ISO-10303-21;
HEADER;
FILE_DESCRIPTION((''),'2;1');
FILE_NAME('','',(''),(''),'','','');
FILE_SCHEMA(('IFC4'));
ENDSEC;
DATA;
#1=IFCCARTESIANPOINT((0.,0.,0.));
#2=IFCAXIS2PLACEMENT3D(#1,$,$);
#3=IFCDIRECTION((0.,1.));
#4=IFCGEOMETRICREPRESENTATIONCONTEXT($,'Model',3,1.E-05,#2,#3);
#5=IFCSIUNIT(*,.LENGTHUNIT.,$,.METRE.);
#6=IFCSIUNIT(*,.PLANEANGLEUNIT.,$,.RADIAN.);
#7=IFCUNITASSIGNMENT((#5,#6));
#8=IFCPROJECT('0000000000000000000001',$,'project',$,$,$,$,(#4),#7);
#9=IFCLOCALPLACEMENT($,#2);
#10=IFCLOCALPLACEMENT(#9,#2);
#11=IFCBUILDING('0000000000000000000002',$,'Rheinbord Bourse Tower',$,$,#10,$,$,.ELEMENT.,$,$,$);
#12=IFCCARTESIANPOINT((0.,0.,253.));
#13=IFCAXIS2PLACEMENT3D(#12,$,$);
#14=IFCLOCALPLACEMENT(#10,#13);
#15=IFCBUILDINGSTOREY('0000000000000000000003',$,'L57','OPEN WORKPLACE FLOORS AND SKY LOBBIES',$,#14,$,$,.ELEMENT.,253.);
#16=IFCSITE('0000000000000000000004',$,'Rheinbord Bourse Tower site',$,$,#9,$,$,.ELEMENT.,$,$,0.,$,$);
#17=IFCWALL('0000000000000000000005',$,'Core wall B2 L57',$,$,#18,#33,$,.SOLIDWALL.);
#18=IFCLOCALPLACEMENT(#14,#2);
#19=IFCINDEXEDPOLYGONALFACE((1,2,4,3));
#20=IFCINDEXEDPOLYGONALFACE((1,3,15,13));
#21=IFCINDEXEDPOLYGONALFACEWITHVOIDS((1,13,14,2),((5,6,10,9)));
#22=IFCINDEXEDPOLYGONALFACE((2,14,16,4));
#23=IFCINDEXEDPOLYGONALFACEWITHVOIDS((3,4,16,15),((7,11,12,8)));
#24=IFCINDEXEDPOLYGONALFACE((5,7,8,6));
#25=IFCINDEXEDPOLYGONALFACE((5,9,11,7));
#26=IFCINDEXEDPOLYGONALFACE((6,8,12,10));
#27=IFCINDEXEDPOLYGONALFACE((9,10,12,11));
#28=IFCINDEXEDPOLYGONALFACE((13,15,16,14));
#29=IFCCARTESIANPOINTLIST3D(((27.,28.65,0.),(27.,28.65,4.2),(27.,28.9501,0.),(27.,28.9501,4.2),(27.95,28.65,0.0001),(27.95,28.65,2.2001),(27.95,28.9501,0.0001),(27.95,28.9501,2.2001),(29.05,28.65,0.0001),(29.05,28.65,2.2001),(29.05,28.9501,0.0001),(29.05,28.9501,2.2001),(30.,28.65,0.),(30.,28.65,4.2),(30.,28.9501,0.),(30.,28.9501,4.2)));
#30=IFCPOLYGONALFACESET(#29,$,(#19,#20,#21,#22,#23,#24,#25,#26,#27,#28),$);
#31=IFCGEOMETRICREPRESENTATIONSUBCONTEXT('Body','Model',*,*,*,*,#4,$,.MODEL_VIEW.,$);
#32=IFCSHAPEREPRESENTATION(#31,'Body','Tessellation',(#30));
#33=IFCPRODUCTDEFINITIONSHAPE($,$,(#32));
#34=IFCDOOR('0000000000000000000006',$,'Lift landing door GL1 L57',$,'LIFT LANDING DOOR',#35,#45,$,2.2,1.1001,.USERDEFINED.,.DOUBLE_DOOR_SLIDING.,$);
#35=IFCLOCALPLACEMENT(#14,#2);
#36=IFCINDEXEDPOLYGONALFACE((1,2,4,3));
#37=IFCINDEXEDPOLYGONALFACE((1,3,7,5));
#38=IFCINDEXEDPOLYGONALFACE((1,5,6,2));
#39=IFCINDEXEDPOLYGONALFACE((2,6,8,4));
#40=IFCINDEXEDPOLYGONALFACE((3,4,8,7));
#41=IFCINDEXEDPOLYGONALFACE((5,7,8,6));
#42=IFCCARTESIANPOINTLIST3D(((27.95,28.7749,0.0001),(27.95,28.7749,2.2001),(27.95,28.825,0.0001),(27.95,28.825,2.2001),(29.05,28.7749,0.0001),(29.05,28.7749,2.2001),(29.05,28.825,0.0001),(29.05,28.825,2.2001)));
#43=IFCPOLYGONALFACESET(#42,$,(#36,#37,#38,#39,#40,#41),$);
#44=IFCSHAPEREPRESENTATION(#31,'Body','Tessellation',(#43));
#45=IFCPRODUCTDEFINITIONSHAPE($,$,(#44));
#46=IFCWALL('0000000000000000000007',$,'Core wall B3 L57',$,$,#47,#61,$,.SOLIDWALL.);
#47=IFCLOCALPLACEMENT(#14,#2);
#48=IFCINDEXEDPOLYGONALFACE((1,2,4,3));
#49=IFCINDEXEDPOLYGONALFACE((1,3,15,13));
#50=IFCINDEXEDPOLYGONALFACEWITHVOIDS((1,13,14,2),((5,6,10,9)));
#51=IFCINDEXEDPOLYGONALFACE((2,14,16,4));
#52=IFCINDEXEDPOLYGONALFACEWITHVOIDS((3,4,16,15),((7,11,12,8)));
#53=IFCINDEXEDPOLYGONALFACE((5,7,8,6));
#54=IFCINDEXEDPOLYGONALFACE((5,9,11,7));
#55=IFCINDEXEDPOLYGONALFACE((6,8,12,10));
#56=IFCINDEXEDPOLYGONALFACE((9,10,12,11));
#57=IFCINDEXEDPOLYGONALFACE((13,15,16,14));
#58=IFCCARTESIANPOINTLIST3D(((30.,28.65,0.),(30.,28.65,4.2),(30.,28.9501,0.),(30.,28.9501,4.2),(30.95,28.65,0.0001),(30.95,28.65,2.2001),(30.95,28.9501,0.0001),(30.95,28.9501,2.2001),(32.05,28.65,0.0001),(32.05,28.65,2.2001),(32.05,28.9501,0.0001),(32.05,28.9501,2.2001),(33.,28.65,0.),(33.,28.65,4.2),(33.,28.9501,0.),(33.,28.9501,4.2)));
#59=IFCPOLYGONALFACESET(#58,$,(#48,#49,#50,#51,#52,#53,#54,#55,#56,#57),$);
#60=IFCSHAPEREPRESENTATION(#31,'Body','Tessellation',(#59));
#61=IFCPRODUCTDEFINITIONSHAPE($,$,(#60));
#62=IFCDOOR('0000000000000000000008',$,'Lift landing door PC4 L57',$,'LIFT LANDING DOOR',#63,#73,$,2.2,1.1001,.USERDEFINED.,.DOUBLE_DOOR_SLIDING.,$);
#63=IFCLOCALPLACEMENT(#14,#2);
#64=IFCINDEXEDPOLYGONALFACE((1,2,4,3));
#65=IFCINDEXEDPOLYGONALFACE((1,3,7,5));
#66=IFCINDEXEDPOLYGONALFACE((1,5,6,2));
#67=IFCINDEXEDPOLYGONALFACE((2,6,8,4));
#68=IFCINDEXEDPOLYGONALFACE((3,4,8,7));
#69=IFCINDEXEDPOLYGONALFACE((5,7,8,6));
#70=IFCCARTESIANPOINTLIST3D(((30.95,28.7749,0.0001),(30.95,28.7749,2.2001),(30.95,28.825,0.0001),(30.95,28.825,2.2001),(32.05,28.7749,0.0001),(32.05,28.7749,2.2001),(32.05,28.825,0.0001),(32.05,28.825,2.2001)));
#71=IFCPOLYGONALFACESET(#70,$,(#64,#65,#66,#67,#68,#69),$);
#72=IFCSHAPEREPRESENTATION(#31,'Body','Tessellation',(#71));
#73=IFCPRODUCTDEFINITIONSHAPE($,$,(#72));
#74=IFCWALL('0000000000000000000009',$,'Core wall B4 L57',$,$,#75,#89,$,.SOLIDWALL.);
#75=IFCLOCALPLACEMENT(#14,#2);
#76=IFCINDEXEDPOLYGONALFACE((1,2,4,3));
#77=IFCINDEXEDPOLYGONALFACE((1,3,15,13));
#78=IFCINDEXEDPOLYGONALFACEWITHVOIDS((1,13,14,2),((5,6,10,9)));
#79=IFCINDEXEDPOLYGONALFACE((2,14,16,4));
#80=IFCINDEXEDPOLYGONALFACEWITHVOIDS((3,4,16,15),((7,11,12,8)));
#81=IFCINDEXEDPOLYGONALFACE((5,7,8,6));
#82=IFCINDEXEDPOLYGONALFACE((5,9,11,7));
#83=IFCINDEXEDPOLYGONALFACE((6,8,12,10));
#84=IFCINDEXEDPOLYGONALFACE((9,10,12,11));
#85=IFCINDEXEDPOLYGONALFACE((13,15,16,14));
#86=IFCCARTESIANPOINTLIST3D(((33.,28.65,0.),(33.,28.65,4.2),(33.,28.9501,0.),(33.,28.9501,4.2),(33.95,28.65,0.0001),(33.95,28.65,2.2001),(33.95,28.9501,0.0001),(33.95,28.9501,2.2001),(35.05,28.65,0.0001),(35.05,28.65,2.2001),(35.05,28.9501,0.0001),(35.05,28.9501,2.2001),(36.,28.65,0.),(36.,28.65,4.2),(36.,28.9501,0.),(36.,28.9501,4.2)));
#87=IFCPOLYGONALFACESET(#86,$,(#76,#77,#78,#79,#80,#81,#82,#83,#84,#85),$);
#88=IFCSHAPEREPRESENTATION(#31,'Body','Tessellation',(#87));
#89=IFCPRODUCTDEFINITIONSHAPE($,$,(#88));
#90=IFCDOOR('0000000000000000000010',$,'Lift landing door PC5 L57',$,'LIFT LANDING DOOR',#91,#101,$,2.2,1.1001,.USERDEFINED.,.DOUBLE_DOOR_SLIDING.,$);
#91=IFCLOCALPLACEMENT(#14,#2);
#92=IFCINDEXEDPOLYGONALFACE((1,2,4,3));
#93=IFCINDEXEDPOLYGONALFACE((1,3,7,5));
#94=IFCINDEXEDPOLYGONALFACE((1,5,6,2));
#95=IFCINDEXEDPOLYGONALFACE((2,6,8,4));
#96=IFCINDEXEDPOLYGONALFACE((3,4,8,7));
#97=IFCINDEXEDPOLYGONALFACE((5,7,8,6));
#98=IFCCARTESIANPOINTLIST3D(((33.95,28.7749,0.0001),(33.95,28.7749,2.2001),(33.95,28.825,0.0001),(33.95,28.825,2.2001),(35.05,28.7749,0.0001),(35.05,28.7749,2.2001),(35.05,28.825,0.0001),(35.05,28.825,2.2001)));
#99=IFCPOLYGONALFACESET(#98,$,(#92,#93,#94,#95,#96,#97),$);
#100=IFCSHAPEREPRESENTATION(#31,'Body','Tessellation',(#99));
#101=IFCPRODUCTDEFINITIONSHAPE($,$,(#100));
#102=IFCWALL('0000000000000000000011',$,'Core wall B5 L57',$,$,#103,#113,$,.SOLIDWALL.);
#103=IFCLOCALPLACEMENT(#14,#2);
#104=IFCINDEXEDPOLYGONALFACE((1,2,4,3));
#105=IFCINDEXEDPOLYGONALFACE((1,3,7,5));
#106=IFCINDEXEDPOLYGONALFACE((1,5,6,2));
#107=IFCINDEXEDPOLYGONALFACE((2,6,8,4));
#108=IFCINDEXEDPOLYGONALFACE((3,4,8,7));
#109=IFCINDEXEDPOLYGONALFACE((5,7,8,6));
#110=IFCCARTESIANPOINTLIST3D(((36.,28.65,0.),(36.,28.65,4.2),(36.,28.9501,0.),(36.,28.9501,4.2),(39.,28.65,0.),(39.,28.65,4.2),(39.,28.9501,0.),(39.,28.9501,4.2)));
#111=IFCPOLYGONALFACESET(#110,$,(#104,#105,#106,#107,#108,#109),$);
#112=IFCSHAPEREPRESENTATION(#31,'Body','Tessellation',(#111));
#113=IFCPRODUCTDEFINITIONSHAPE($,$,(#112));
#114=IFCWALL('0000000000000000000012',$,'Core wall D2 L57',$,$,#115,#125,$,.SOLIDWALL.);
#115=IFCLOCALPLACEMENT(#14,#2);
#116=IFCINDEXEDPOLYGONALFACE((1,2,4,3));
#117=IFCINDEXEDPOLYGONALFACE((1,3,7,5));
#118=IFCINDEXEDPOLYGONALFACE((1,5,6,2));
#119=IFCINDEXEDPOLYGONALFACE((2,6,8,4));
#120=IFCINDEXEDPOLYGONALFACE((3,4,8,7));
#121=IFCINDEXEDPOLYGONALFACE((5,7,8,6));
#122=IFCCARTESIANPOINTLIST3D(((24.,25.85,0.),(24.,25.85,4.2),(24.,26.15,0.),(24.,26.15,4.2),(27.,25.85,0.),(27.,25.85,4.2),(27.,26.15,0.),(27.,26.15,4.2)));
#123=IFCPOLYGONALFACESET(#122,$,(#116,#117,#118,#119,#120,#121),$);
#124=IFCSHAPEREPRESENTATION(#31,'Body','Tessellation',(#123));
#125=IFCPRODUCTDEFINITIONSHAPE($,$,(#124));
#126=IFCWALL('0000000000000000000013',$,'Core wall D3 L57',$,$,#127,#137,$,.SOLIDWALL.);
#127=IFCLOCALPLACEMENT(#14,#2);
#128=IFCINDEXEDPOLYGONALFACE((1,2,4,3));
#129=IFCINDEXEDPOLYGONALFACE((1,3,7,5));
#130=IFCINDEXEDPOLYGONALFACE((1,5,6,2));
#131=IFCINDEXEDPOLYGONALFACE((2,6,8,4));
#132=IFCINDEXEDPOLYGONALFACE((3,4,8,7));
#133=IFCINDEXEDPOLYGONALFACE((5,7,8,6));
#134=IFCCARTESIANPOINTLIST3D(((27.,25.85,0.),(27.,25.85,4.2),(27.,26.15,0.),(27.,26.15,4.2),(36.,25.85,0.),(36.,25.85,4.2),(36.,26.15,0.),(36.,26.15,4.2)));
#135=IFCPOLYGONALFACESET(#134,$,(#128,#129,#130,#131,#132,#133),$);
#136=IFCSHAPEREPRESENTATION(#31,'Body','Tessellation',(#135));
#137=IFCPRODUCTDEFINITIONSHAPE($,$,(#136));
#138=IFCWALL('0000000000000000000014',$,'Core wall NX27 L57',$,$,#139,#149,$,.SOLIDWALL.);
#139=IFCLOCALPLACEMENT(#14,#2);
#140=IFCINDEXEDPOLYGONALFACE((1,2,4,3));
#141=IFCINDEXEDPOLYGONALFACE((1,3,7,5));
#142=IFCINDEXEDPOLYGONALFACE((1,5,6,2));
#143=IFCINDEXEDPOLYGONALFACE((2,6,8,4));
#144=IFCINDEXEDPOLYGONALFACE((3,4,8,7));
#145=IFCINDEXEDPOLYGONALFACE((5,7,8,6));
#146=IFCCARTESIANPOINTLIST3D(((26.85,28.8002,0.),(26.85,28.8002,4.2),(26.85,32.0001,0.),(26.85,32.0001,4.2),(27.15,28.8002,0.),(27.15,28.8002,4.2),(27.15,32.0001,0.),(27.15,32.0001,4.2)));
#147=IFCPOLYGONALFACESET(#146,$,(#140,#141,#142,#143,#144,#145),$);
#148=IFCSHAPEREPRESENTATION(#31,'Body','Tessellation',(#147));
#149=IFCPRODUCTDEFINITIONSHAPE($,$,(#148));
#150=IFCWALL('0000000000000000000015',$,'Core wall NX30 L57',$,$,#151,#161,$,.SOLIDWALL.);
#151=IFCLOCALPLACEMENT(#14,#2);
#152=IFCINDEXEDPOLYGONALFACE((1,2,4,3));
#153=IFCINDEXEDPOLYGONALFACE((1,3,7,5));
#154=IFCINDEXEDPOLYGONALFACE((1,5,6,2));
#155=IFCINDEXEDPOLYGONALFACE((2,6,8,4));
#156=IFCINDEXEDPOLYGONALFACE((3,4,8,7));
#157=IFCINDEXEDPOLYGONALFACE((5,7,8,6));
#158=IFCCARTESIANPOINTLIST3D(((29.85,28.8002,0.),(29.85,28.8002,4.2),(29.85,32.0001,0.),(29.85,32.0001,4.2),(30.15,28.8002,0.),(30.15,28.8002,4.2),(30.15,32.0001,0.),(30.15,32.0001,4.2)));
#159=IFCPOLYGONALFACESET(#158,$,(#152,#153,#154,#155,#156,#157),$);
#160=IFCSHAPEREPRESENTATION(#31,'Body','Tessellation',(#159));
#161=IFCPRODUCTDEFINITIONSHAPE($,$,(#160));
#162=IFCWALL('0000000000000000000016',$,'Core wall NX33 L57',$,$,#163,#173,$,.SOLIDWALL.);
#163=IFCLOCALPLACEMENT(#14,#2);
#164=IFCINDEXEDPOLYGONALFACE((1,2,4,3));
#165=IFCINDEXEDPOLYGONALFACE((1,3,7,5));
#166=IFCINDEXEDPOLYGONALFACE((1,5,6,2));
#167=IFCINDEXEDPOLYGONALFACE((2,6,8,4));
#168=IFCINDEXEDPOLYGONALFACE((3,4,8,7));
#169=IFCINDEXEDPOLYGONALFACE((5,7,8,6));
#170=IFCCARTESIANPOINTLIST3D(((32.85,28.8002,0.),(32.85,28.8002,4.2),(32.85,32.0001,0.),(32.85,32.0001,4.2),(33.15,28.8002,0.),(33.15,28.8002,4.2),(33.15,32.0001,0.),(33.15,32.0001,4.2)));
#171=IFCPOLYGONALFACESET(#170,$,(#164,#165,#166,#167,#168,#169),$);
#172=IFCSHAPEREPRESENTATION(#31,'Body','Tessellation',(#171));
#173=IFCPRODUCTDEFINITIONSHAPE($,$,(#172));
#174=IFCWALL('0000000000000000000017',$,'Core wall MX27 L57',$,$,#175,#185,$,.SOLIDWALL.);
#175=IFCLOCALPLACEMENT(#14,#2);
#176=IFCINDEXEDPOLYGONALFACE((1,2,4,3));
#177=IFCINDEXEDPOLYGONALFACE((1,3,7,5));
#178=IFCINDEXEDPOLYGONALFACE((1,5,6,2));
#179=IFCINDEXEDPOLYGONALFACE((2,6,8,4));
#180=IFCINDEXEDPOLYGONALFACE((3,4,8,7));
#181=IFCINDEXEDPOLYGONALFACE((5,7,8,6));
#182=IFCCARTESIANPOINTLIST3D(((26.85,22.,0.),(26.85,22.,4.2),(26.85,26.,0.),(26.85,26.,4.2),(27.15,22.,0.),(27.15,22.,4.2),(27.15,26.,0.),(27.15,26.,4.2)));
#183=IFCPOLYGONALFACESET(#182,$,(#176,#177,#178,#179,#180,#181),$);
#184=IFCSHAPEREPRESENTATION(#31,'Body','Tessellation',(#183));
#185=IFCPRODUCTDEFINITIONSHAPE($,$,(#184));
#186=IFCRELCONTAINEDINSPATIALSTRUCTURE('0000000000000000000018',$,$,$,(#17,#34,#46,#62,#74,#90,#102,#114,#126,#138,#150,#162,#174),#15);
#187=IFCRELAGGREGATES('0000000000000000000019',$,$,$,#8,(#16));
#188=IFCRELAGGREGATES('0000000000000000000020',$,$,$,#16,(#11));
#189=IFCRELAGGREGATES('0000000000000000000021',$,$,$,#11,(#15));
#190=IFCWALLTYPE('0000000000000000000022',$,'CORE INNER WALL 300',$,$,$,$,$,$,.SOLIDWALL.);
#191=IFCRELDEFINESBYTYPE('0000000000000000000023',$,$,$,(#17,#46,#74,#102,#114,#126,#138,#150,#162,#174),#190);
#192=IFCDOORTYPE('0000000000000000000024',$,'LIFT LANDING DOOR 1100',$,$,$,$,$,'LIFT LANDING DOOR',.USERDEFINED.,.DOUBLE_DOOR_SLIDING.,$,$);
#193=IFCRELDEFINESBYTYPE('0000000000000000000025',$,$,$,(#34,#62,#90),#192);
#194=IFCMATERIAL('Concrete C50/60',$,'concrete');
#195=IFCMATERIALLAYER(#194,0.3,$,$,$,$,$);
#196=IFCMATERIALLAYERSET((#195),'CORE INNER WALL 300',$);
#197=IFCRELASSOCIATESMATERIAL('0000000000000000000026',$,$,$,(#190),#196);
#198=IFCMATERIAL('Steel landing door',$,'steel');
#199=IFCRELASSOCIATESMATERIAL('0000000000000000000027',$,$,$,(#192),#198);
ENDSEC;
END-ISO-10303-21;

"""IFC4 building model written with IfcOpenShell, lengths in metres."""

from ifc_helpers import new_model, si_unit, direction, frame, frame_2d, origin, place, context, subcontext, project, spatial, rectangle, extrude, material, layer, layer_set, type_object, element, fill, save


model = new_model("IFC4")

# Units and contexts
model_context = context("Model", 3, precision=1e-05, world=origin(), true_north=direction((0.0, 1.0)))
body_context = subcontext(model_context, "Body", "Model", "MODEL_VIEW")
ifc_project = project(units=[si_unit("LENGTHUNIT", "METRE"), si_unit("PLANEANGLEUNIT", "RADIAN")], contexts=[model_context])

# Site, building, storey
site_placement = place(None, origin())
site = spatial("IfcSite", under=ifc_project, at=site_placement, Name="Rheinbord Bourse Tower site", CompositionType="ELEMENT", RefElevation=0.0)
building_placement = place(site_placement, origin())
building = spatial("IfcBuilding", under=site, at=building_placement, Name="Rheinbord Bourse Tower", CompositionType="ELEMENT")
storey_placement = place(building_placement, frame((0.0, 0.0, 253.0)))
storey = spatial("IfcBuildingStorey", under=building, at=storey_placement, Name="L57", Description="OPEN WORKPLACE FLOORS AND SKY LOBBIES", CompositionType="ELEMENT", Elevation=253.0)

# Walls, openings, doors
ifc_material_1 = material(Name="Concrete C50/60", Category="concrete")
ifc_layer_1 = layer(ifc_material_1, 0.3)
ifc_layer_set_1 = layer_set([ifc_layer_1], Name="CORE INNER WALL 300")
wall_type_1 = type_object("IfcWallType", Name="CORE INNER WALL 300", PredefinedType="SOLIDWALL", material=ifc_layer_set_1)
wall_1_placement = place(storey_placement, frame((27.0, 28.8, 0.0), z_axis=(0.0, 0.0, 1.0), x_axis=(1.0, 0.0, 0.0)))
wall_1 = element("IfcWall", 1, at=wall_1_placement, inside=storey, type_object=wall_type_1, Name="Core wall B2 L57", PredefinedType="SOLIDWALL", context=body_context, shape_type="SweptSolid", body=[
    extrude(rectangle(XDim=3.0, YDim=0.3, at=frame_2d((1.5, 0.0))), origin(), (0.0, 0.0, 1.0), 4.2),
])
opening_1_placement = place(wall_1_placement, frame((0.95, 0.0, 0.0)))
opening_1 = element("IfcOpeningElement", 2, at=opening_1_placement, cuts=wall_1, PredefinedType="OPENING", context=body_context, shape_type="SweptSolid", body=[
    extrude(rectangle(XDim=1.1001, YDim=2.2, at=frame_2d((0.55, 1.1001))), frame((0.0, 0.1599, 0.0), z_axis=(0.0, -1.0, 0.0), x_axis=(1.0, 0.0, 0.0)), (0.0, 0.0, 1.0), 0.3201),
])
ifc_material_2 = material(Name="Steel landing door", Category="steel")
door_type = type_object("IfcDoorType", Name="LIFT LANDING DOOR 1100", ElementType="LIFT LANDING DOOR", OperationType="DOUBLE_DOOR_SLIDING", PredefinedType="USERDEFINED", material=ifc_material_2)
door_1_placement = place(opening_1_placement, origin())
door_1 = element("IfcDoor", 3, at=door_1_placement, inside=storey, type_object=door_type, Name="Lift landing door GL1 L57", ObjectType="LIFT LANDING DOOR", OperationType="DOUBLE_DOOR_SLIDING", OverallHeight=2.2, OverallWidth=1.1001, PredefinedType="USERDEFINED", context=body_context, shape_type="SweptSolid", body=[
    extrude(rectangle(XDim=1.1001, YDim=2.2, at=frame_2d((0.55, 1.1001))), frame((0.0, 0.0249, 0.0), z_axis=(0.0, -1.0, 0.0), x_axis=(1.0, 0.0, 0.0)), (0.0, 0.0, 1.0), 0.05),
])
fill(opening_1, door_1)
wall_2_placement = place(storey_placement, frame((30.0, 28.8, 0.0), z_axis=(0.0, 0.0, 1.0), x_axis=(1.0, 0.0, 0.0)))
wall_2 = element("IfcWall", 4, at=wall_2_placement, inside=storey, type_object=wall_type_1, Name="Core wall B3 L57", PredefinedType="SOLIDWALL", context=body_context, shape_type="SweptSolid", body=[
    extrude(rectangle(XDim=3.0, YDim=0.3, at=frame_2d((1.5, 0.0))), origin(), (0.0, 0.0, 1.0), 4.2),
])
opening_2_placement = place(wall_2_placement, frame((0.95, 0.0, 0.0)))
opening_2 = element("IfcOpeningElement", 5, at=opening_2_placement, cuts=wall_2, PredefinedType="OPENING", context=body_context, shape_type="SweptSolid", body=[
    extrude(rectangle(XDim=1.1001, YDim=2.2, at=frame_2d((0.55, 1.1001))), frame((0.0, 0.1599, 0.0), z_axis=(0.0, -1.0, 0.0), x_axis=(1.0, 0.0, 0.0)), (0.0, 0.0, 1.0), 0.3201),
])
door_2_placement = place(opening_2_placement, origin())
door_2 = element("IfcDoor", 6, at=door_2_placement, inside=storey, type_object=door_type, Name="Lift landing door PC4 L57", ObjectType="LIFT LANDING DOOR", OperationType="DOUBLE_DOOR_SLIDING", OverallHeight=2.2, OverallWidth=1.1001, PredefinedType="USERDEFINED", context=body_context, shape_type="SweptSolid", body=[
    extrude(rectangle(XDim=1.1001, YDim=2.2, at=frame_2d((0.55, 1.1001))), frame((0.0, 0.0249, 0.0), z_axis=(0.0, -1.0, 0.0), x_axis=(1.0, 0.0, 0.0)), (0.0, 0.0, 1.0), 0.05),
])
fill(opening_2, door_2)
wall_3_placement = place(storey_placement, frame((33.0, 28.8, 0.0), z_axis=(0.0, 0.0, 1.0), x_axis=(1.0, 0.0, 0.0)))
wall_3 = element("IfcWall", 7, at=wall_3_placement, inside=storey, type_object=wall_type_1, Name="Core wall B4 L57", PredefinedType="SOLIDWALL", context=body_context, shape_type="SweptSolid", body=[
    extrude(rectangle(XDim=3.0, YDim=0.3, at=frame_2d((1.5, 0.0))), origin(), (0.0, 0.0, 1.0), 4.2),
])
opening_3_placement = place(wall_3_placement, frame((0.95, 0.0, 0.0)))
opening_3 = element("IfcOpeningElement", 8, at=opening_3_placement, cuts=wall_3, PredefinedType="OPENING", context=body_context, shape_type="SweptSolid", body=[
    extrude(rectangle(XDim=1.1001, YDim=2.2, at=frame_2d((0.55, 1.1001))), frame((0.0, 0.1599, 0.0), z_axis=(0.0, -1.0, 0.0), x_axis=(1.0, 0.0, 0.0)), (0.0, 0.0, 1.0), 0.3201),
])
door_3_placement = place(opening_3_placement, origin())
door_3 = element("IfcDoor", 9, at=door_3_placement, inside=storey, type_object=door_type, Name="Lift landing door PC5 L57", ObjectType="LIFT LANDING DOOR", OperationType="DOUBLE_DOOR_SLIDING", OverallHeight=2.2, OverallWidth=1.1001, PredefinedType="USERDEFINED", context=body_context, shape_type="SweptSolid", body=[
    extrude(rectangle(XDim=1.1001, YDim=2.2, at=frame_2d((0.55, 1.1001))), frame((0.0, 0.0249, 0.0), z_axis=(0.0, -1.0, 0.0), x_axis=(1.0, 0.0, 0.0)), (0.0, 0.0, 1.0), 0.05),
])
fill(opening_3, door_3)

# Walls
for number, where, z_axis, x_axis, name in (
    (10, (36.0, 28.8, 0.0), (0.0, 0.0, 1.0), (1.0, 0.0, 0.0), "Core wall B5 L57"),
    (11, (24.0, 26.0, 0.0), (0.0, 0.0, 1.0), (1.0, 0.0, 0.0), "Core wall D2 L57"),
):
    element("IfcWall", number, at=place(storey_placement, frame(where, z_axis=z_axis, x_axis=x_axis)), inside=storey, type_object=wall_type_1, Name=name, PredefinedType="SOLIDWALL", context=body_context, shape_type="SweptSolid", body=[
        extrude(rectangle(XDim=3.0, YDim=0.3, at=frame_2d((1.5, 0.0))), origin(), (0.0, 0.0, 1.0), 4.2),
    ])
wall_4_placement = place(storey_placement, frame((27.0, 26.0, 0.0), z_axis=(0.0, 0.0, 1.0), x_axis=(1.0, 0.0, 0.0)))
element("IfcWall", 12, at=wall_4_placement, inside=storey, type_object=wall_type_1, Name="Core wall D3 L57", PredefinedType="SOLIDWALL", context=body_context, shape_type="SweptSolid", body=[
    extrude(rectangle(XDim=9.0, YDim=0.3, at=frame_2d((4.5, 0.0))), origin(), (0.0, 0.0, 1.0), 4.2),
])
for number, where, z_axis, x_axis, name in (
    (13, (27.0, 28.8, 0.0), (0.0, 0.0, 1.0), (0.0, 1.0, 0.0), "Core wall NX27 L57"),
    (14, (30.0, 28.8, 0.0), (0.0, 0.0, 1.0), (0.0, 1.0, 0.0), "Core wall NX30 L57"),
    (15, (33.0, 28.8, 0.0), (0.0, 0.0, 1.0), (0.0, 1.0, 0.0), "Core wall NX33 L57"),
):
    element("IfcWall", number, at=place(storey_placement, frame(where, z_axis=z_axis, x_axis=x_axis)), inside=storey, type_object=wall_type_1, Name=name, PredefinedType="SOLIDWALL", context=body_context, shape_type="SweptSolid", body=[
        extrude(rectangle(XDim=3.2, YDim=0.3, at=frame_2d((1.6001, 0.0))), origin(), (0.0, 0.0, 1.0), 4.2),
    ])
wall_5_placement = place(storey_placement, frame((27.0, 22.0, 0.0), z_axis=(0.0, 0.0, 1.0), x_axis=(0.0, 1.0, 0.0)))
element("IfcWall", 16, at=wall_5_placement, inside=storey, type_object=wall_type_1, Name="Core wall MX27 L57", PredefinedType="SOLIDWALL", context=body_context, shape_type="SweptSolid", body=[
    extrude(rectangle(XDim=4.0, YDim=0.3, at=frame_2d((2.0, 0.0))), origin(), (0.0, 0.0, 1.0), 4.2),
])

save(model, "model.ifc")
